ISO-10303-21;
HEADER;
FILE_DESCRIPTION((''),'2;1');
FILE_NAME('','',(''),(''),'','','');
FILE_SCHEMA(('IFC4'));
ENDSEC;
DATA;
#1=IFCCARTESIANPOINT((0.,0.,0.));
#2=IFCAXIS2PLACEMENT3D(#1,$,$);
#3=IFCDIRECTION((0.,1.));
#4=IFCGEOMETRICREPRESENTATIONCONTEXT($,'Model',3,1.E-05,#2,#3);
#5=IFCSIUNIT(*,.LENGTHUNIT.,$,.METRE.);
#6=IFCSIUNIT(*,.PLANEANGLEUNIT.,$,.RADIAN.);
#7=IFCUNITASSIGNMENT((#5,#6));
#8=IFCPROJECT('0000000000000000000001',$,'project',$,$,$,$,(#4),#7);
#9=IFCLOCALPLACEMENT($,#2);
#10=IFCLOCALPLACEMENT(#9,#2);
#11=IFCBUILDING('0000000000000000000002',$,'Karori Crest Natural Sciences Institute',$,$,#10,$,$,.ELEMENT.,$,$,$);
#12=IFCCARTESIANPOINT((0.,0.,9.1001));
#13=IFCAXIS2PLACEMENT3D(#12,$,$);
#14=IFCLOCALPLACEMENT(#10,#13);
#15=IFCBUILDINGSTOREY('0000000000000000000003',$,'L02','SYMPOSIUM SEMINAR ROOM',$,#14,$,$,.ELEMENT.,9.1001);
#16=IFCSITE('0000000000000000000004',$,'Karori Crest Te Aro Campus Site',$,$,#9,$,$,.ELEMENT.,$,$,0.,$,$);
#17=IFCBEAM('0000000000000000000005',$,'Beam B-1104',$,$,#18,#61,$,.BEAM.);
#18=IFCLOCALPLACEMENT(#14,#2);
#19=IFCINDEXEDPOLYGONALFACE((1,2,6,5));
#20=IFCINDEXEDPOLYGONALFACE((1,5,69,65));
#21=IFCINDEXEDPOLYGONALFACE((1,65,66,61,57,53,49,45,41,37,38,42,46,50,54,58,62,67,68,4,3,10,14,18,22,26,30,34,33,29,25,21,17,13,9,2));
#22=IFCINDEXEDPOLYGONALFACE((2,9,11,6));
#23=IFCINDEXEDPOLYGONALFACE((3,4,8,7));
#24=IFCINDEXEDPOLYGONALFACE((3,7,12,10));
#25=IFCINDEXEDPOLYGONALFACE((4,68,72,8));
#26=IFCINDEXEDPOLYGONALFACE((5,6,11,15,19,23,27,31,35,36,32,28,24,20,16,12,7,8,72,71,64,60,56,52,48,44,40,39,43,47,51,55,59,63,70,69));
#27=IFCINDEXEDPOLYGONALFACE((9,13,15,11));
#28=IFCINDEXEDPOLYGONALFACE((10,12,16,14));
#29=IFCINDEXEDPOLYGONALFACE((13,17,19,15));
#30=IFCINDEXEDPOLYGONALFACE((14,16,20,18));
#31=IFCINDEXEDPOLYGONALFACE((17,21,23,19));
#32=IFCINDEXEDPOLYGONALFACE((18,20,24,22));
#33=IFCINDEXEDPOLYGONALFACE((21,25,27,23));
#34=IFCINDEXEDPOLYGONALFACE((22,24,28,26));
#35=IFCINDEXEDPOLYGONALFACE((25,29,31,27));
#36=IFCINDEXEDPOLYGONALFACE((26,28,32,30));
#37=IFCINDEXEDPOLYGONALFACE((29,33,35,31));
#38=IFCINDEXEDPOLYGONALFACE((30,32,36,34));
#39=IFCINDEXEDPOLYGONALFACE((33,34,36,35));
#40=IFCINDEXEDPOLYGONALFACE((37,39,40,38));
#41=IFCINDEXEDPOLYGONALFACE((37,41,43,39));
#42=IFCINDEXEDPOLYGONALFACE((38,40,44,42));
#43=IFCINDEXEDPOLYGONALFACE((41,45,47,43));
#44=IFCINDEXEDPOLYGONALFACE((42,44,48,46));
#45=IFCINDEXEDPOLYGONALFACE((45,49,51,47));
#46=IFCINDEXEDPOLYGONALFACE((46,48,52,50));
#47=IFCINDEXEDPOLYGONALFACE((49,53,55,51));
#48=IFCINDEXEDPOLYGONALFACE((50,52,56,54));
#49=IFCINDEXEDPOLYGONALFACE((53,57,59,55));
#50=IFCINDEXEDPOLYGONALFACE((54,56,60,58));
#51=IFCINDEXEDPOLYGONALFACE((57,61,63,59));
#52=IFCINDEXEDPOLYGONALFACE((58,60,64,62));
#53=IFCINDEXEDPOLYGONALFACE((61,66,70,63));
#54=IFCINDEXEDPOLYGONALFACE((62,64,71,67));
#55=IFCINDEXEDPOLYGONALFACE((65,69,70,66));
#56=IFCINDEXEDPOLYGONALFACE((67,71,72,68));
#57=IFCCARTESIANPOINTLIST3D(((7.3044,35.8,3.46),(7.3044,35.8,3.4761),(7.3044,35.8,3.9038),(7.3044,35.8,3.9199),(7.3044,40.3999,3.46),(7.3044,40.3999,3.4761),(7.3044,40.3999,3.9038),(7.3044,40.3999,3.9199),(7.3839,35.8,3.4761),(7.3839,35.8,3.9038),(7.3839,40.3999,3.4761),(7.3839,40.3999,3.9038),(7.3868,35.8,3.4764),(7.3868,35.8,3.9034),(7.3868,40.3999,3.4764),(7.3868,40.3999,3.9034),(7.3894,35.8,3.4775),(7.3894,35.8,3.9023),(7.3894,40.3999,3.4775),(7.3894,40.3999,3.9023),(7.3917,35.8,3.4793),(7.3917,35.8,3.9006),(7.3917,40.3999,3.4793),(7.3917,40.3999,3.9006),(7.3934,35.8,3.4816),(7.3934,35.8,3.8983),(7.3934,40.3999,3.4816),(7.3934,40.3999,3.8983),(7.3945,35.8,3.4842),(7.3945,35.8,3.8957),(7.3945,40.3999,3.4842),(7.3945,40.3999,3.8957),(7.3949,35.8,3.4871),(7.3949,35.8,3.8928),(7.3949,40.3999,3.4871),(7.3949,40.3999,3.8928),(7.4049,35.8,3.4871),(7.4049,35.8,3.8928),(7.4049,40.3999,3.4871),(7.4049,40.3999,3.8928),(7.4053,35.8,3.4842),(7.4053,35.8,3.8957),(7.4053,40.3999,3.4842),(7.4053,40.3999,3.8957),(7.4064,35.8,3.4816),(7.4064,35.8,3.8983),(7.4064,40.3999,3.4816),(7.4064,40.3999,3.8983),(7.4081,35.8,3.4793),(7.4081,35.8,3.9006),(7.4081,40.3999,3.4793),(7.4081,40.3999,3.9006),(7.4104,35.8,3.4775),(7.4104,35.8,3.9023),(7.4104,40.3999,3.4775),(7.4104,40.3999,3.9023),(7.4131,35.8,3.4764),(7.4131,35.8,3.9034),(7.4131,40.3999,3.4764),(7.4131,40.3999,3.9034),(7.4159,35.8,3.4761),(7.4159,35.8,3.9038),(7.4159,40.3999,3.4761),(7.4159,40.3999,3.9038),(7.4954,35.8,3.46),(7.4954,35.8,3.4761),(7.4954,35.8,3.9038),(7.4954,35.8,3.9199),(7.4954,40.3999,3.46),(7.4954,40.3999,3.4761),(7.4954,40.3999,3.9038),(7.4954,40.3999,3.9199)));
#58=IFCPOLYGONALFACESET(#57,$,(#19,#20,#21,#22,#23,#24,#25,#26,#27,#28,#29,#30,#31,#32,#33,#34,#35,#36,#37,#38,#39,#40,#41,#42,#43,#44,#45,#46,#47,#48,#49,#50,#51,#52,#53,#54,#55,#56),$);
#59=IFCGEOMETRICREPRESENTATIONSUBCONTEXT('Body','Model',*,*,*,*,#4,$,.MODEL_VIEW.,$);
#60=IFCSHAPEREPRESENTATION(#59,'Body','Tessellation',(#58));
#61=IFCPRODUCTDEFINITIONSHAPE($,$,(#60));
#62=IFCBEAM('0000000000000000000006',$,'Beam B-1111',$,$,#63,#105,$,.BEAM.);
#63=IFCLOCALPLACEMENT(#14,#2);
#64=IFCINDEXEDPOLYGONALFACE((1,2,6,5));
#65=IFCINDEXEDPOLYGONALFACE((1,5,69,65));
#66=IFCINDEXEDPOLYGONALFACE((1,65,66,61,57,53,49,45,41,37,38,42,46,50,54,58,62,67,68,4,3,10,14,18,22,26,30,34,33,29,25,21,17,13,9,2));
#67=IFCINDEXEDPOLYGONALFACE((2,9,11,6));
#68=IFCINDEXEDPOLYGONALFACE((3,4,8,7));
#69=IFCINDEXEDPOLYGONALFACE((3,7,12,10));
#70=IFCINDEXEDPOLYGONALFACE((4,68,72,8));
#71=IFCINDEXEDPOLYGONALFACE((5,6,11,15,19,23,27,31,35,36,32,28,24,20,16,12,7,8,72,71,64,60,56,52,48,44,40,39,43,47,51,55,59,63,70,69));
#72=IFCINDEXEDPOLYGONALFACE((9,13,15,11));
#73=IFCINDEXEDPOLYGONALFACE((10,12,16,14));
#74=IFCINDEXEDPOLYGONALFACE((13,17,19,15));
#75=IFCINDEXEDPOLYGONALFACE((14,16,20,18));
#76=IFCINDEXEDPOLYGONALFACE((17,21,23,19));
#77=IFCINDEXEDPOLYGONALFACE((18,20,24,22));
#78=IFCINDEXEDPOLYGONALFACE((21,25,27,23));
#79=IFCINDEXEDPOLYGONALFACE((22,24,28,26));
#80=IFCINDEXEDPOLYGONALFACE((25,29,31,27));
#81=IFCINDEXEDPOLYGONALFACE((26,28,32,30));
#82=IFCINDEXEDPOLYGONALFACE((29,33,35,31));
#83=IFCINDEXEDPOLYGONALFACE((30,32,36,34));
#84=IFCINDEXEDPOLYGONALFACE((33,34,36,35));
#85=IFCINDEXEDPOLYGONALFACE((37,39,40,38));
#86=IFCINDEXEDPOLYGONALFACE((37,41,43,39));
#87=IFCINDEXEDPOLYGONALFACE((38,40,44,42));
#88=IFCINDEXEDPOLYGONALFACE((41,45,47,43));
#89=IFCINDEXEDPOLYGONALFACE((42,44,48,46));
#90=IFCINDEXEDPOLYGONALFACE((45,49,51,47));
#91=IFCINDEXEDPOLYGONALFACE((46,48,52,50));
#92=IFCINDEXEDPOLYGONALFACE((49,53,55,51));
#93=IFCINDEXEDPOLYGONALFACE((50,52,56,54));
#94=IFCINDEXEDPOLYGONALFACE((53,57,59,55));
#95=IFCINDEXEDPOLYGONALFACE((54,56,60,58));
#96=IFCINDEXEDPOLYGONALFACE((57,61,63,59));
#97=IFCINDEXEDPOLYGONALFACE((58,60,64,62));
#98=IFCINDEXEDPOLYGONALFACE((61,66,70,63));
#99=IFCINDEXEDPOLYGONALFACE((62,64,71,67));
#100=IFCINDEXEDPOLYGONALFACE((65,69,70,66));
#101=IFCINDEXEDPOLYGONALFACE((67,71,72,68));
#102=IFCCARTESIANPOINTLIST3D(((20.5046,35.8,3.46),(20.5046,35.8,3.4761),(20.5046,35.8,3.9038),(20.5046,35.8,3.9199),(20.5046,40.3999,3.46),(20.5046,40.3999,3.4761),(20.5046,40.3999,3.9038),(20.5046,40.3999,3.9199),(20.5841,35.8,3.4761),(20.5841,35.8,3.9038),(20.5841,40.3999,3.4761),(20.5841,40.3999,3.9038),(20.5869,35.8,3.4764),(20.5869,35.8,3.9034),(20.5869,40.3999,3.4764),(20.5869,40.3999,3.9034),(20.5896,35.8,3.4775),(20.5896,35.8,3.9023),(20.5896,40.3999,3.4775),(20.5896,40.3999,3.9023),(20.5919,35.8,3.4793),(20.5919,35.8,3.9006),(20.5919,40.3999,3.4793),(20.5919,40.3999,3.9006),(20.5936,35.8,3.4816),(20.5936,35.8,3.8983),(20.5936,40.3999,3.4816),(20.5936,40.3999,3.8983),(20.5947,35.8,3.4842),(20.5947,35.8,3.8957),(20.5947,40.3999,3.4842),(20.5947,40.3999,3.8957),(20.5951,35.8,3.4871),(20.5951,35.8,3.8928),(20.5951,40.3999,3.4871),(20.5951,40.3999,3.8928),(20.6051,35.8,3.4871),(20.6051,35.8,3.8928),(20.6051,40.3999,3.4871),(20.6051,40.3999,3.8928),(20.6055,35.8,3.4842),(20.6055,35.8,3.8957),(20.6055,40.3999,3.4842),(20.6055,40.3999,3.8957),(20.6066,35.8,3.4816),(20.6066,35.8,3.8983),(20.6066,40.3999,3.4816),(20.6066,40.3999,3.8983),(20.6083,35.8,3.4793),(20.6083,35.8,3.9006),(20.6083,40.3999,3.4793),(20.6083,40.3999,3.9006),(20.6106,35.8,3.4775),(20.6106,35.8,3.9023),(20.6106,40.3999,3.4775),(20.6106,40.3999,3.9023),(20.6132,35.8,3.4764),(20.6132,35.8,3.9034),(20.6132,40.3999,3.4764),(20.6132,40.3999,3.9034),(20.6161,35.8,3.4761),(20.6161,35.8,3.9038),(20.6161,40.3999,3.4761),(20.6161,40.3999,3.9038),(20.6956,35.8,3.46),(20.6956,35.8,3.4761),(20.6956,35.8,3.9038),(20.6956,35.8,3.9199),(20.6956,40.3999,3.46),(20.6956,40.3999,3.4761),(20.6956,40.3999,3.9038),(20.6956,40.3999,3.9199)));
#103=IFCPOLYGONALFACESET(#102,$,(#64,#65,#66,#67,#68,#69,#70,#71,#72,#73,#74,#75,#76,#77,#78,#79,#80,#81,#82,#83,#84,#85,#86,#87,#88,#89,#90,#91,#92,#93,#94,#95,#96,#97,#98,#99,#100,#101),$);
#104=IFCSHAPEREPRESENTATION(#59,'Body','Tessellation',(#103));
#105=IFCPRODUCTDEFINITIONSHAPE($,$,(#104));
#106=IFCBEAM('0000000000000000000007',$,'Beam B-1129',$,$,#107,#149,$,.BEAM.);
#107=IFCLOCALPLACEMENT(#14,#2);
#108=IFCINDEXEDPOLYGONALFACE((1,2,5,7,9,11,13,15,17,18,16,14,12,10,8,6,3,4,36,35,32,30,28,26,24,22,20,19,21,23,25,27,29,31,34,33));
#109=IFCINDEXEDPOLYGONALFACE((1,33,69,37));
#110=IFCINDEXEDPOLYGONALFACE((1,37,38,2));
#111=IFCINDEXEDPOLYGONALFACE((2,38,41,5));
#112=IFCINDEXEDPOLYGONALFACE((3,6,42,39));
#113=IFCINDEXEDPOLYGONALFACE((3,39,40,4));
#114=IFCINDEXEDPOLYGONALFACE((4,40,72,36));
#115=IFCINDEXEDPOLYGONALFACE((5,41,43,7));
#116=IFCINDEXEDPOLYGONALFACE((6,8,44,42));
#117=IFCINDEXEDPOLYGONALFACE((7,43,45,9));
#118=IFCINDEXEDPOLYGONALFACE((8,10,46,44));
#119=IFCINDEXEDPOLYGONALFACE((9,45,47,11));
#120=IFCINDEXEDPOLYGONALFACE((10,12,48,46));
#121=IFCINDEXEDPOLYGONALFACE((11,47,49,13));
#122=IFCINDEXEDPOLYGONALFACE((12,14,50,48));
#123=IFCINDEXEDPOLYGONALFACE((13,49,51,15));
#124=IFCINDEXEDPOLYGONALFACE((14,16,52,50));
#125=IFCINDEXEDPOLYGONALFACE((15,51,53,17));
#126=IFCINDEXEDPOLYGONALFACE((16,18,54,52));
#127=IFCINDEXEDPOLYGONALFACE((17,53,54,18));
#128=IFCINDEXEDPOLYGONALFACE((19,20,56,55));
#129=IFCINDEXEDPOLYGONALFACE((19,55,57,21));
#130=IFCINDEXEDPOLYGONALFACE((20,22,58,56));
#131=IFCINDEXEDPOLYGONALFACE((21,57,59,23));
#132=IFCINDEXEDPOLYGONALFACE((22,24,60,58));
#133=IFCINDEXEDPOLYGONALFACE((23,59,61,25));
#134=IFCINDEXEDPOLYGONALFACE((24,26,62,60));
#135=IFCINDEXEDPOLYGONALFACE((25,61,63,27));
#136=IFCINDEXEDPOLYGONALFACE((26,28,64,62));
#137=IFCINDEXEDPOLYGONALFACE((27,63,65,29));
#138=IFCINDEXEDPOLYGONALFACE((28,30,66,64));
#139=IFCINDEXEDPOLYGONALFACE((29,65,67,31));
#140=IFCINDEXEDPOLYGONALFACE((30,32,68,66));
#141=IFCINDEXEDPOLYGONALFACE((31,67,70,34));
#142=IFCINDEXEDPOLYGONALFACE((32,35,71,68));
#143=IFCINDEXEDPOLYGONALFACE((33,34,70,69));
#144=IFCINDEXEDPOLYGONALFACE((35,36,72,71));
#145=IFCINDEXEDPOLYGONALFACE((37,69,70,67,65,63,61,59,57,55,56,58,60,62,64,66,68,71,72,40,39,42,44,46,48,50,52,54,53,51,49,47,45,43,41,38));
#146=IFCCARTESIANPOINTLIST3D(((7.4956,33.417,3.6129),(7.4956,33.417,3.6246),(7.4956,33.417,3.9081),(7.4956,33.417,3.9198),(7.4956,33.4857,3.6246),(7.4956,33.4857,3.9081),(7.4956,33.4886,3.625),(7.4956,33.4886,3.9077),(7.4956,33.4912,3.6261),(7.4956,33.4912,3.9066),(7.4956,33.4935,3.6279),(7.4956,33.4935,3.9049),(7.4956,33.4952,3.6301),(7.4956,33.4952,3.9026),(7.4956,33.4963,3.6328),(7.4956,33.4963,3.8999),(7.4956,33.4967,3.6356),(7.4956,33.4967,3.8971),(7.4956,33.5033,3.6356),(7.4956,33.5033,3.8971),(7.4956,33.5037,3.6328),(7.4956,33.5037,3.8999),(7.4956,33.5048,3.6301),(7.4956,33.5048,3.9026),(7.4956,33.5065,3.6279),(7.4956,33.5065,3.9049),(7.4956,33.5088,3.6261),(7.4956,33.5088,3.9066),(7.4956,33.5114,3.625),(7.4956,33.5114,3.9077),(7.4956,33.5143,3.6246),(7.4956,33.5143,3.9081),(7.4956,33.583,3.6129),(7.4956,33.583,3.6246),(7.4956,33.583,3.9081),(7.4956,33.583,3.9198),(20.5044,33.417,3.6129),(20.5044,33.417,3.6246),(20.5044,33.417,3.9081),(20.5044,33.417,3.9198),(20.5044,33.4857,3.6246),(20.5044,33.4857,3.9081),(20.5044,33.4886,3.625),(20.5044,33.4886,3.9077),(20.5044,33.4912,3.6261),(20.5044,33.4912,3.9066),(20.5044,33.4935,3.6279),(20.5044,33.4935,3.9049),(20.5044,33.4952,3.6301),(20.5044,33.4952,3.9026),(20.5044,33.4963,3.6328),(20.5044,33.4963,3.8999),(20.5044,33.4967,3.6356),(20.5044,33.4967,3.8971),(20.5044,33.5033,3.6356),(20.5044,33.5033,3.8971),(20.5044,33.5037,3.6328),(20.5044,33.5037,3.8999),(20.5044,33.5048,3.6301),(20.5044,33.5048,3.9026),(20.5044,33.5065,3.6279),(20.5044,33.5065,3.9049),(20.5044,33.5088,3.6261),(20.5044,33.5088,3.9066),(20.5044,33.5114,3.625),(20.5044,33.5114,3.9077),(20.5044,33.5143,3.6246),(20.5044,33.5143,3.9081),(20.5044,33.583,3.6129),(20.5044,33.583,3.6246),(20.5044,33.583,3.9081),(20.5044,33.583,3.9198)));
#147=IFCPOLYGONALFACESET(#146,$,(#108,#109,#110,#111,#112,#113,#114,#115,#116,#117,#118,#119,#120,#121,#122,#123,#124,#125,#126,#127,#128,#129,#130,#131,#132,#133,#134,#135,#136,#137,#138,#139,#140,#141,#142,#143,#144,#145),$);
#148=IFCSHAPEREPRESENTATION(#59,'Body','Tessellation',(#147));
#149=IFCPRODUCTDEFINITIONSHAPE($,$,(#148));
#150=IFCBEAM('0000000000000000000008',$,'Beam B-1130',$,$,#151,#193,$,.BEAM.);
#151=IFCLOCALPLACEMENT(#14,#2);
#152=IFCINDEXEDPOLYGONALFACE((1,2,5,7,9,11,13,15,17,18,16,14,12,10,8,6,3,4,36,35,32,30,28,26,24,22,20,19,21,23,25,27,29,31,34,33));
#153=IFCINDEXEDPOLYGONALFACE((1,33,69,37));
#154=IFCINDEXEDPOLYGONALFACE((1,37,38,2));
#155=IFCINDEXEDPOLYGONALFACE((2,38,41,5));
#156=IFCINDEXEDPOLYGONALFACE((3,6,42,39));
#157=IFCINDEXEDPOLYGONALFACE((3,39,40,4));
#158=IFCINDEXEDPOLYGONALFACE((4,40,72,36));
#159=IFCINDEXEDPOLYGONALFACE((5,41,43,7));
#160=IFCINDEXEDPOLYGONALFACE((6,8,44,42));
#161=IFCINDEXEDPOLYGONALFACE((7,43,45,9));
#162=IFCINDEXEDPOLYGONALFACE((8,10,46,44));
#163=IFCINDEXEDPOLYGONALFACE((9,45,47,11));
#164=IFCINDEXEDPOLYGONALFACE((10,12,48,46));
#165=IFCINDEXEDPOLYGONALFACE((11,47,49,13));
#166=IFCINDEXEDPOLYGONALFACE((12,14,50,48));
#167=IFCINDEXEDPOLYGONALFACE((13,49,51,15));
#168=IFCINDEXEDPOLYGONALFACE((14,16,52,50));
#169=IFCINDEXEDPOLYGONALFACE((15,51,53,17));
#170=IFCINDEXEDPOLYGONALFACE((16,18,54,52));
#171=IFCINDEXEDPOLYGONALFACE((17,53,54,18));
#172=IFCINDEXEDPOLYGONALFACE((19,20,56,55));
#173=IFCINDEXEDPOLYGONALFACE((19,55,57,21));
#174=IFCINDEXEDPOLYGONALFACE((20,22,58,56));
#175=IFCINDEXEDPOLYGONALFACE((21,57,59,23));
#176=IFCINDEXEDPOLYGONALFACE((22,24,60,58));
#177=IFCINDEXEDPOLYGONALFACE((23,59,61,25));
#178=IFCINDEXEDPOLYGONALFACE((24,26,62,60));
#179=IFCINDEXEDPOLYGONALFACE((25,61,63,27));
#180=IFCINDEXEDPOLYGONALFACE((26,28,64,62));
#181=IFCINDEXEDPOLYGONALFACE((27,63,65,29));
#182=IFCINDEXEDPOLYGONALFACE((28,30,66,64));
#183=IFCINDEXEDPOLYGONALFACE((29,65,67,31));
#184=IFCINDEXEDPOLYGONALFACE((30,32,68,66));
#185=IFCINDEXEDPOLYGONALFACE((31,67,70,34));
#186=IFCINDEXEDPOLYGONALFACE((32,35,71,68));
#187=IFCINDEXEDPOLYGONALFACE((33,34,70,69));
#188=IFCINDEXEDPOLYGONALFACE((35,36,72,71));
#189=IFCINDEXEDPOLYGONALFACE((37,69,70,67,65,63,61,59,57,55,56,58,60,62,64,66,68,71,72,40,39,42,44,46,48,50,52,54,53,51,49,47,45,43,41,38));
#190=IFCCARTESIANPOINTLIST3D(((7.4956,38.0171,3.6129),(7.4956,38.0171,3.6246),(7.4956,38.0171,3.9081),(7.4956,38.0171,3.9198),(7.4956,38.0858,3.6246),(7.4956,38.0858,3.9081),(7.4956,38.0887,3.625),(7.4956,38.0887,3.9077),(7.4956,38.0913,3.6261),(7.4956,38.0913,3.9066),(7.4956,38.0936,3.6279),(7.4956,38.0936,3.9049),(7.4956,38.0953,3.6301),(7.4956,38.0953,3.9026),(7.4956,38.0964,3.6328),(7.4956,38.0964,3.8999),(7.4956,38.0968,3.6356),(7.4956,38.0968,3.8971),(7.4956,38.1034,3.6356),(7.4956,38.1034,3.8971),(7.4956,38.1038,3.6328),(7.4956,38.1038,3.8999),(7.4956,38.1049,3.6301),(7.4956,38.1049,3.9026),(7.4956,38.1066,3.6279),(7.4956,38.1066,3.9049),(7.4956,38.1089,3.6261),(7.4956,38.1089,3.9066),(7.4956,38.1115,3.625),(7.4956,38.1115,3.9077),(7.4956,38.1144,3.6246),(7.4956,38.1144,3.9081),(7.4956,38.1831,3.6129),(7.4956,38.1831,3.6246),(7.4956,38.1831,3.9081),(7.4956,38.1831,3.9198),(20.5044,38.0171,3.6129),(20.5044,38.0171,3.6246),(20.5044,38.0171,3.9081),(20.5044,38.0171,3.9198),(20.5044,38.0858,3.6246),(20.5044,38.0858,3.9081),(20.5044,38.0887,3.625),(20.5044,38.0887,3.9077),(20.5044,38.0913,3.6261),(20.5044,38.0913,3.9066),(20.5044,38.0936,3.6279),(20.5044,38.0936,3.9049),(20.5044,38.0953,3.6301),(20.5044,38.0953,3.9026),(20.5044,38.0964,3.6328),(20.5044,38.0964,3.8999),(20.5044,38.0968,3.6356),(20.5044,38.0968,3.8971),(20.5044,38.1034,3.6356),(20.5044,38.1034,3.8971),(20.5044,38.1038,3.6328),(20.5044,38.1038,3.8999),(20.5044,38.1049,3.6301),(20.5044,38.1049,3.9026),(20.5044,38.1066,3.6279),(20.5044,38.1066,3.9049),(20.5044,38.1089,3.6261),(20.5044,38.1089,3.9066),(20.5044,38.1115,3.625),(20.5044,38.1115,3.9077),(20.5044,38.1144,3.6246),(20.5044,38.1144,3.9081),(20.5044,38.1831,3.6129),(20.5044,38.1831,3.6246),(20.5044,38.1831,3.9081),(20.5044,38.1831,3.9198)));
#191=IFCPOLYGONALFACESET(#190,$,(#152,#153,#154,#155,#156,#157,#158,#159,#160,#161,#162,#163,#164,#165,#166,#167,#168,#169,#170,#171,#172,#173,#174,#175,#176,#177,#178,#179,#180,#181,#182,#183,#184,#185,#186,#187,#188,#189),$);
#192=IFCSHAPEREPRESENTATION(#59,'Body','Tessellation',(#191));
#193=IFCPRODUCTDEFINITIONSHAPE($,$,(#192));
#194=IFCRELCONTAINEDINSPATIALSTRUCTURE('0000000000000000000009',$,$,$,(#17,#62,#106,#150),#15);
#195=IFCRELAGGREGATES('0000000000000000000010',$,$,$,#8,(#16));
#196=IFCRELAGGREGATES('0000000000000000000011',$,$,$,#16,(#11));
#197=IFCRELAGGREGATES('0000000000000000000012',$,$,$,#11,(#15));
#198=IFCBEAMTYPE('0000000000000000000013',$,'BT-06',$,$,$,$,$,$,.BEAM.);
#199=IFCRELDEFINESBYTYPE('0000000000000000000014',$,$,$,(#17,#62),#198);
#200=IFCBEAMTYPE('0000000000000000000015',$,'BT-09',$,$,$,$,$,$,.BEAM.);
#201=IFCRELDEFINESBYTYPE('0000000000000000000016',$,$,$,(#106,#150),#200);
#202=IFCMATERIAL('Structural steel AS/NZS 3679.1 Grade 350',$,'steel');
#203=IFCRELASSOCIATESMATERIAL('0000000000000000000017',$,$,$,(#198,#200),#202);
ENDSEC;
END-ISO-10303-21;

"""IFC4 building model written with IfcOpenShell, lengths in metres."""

from ifc_helpers import new_model, si_unit, direction, frame, origin, origin_2d, place, context, subcontext, project, spatial, i_section, extrude, material, material_profile, profile_set, type_object, element, save


model = new_model("IFC4")

# Units and contexts
model_context = context("Model", 3, precision=1e-05, world=origin(), true_north=direction((0.0, 1.0)))
body_context = subcontext(model_context, "Body", "Model", "MODEL_VIEW")
ifc_project = project(units=[si_unit("LENGTHUNIT", "METRE"), si_unit("PLANEANGLEUNIT", "RADIAN")], contexts=[model_context])

# Site, building, storey
site_placement = place(None, origin())
site = spatial("IfcSite", under=ifc_project, at=site_placement, Name="Karori Crest Te Aro Campus Site", CompositionType="ELEMENT", RefElevation=0.0)
building_placement = place(site_placement, origin())
building = spatial("IfcBuilding", under=site, at=building_placement, Name="Karori Crest Natural Sciences Institute", CompositionType="ELEMENT")
storey_placement = place(building_placement, frame((0.0, 0.0, 9.1001)))
storey = spatial("IfcBuildingStorey", under=building, at=storey_placement, Name="L02", Description="SYMPOSIUM SEMINAR ROOM", CompositionType="ELEMENT", Elevation=9.1001)

# Shared definitions
ifc_material_1 = material(Name="Structural steel AS/NZS 3679.1 Grade 350", Category="steel")

# Beams
ifc_material_profile_1 = material_profile(ifc_material_1, i_section(OverallWidth=0.1909, OverallDepth=0.46, WebThickness=0.01, FlangeThickness=0.0161, FilletRadius=0.011, at=origin_2d()), Name="460UB82.1")
ifc_profile_set_1 = profile_set([ifc_material_profile_1], Name="Structural steel AS/NZS 3679.1 Grade 350")
beam_type_1 = type_object("IfcBeamType", Name="BT-06", PredefinedType="BEAM", material=ifc_profile_set_1)
for number, where, z_axis, x_axis, name in (
    (1, (7.3999, 35.8, 3.6899), (0.0, 1.0, 0.0), (-1.0, 0.0, 0.0), "Beam B-1104"),
    (2, (20.6001, 35.8, 3.6899), (0.0, 1.0, 0.0), (-1.0, 0.0, 0.0), "Beam B-1111"),
):
    element("IfcBeam", number, at=place(storey_placement, frame(where, z_axis=z_axis, x_axis=x_axis)), inside=storey, type_object=beam_type_1, Name=name, PredefinedType="BEAM", context=body_context, shape_type="SweptSolid", body=[
        extrude(i_section(OverallWidth=0.1909, OverallDepth=0.46, WebThickness=0.01, FlangeThickness=0.0161, FilletRadius=0.011, at=origin_2d()), origin(), (0.0, 0.0, 1.0), 4.5999),
    ])
ifc_material_profile_2 = material_profile(ifc_material_1, i_section(OverallWidth=0.166, OverallDepth=0.3069, WebThickness=0.0066, FlangeThickness=0.0117, FilletRadius=0.011, at=origin_2d()), Name="310UB46.2")
ifc_profile_set_2 = profile_set([ifc_material_profile_2], Name="Structural steel AS/NZS 3679.1 Grade 350")
beam_type_2 = type_object("IfcBeamType", Name="BT-09", PredefinedType="BEAM", material=ifc_profile_set_2)
for number, where, z_axis, x_axis, name in (
    (3, (7.4956, 33.5, 3.7664), (1.0, 0.0, 0.0), (0.0, 1.0, 0.0), "Beam B-1129"),
    (4, (7.4956, 38.1001, 3.7664), (1.0, 0.0, 0.0), (0.0, 1.0, 0.0), "Beam B-1130"),
):
    element("IfcBeam", number, at=place(storey_placement, frame(where, z_axis=z_axis, x_axis=x_axis)), inside=storey, type_object=beam_type_2, Name=name, PredefinedType="BEAM", context=body_context, shape_type="SweptSolid", body=[
        extrude(i_section(OverallWidth=0.166, OverallDepth=0.3069, WebThickness=0.0066, FlangeThickness=0.0117, FilletRadius=0.011, at=origin_2d()), origin(), (0.0, 0.0, 1.0), 13.0088),
    ])

save(model, "model.ifc")
